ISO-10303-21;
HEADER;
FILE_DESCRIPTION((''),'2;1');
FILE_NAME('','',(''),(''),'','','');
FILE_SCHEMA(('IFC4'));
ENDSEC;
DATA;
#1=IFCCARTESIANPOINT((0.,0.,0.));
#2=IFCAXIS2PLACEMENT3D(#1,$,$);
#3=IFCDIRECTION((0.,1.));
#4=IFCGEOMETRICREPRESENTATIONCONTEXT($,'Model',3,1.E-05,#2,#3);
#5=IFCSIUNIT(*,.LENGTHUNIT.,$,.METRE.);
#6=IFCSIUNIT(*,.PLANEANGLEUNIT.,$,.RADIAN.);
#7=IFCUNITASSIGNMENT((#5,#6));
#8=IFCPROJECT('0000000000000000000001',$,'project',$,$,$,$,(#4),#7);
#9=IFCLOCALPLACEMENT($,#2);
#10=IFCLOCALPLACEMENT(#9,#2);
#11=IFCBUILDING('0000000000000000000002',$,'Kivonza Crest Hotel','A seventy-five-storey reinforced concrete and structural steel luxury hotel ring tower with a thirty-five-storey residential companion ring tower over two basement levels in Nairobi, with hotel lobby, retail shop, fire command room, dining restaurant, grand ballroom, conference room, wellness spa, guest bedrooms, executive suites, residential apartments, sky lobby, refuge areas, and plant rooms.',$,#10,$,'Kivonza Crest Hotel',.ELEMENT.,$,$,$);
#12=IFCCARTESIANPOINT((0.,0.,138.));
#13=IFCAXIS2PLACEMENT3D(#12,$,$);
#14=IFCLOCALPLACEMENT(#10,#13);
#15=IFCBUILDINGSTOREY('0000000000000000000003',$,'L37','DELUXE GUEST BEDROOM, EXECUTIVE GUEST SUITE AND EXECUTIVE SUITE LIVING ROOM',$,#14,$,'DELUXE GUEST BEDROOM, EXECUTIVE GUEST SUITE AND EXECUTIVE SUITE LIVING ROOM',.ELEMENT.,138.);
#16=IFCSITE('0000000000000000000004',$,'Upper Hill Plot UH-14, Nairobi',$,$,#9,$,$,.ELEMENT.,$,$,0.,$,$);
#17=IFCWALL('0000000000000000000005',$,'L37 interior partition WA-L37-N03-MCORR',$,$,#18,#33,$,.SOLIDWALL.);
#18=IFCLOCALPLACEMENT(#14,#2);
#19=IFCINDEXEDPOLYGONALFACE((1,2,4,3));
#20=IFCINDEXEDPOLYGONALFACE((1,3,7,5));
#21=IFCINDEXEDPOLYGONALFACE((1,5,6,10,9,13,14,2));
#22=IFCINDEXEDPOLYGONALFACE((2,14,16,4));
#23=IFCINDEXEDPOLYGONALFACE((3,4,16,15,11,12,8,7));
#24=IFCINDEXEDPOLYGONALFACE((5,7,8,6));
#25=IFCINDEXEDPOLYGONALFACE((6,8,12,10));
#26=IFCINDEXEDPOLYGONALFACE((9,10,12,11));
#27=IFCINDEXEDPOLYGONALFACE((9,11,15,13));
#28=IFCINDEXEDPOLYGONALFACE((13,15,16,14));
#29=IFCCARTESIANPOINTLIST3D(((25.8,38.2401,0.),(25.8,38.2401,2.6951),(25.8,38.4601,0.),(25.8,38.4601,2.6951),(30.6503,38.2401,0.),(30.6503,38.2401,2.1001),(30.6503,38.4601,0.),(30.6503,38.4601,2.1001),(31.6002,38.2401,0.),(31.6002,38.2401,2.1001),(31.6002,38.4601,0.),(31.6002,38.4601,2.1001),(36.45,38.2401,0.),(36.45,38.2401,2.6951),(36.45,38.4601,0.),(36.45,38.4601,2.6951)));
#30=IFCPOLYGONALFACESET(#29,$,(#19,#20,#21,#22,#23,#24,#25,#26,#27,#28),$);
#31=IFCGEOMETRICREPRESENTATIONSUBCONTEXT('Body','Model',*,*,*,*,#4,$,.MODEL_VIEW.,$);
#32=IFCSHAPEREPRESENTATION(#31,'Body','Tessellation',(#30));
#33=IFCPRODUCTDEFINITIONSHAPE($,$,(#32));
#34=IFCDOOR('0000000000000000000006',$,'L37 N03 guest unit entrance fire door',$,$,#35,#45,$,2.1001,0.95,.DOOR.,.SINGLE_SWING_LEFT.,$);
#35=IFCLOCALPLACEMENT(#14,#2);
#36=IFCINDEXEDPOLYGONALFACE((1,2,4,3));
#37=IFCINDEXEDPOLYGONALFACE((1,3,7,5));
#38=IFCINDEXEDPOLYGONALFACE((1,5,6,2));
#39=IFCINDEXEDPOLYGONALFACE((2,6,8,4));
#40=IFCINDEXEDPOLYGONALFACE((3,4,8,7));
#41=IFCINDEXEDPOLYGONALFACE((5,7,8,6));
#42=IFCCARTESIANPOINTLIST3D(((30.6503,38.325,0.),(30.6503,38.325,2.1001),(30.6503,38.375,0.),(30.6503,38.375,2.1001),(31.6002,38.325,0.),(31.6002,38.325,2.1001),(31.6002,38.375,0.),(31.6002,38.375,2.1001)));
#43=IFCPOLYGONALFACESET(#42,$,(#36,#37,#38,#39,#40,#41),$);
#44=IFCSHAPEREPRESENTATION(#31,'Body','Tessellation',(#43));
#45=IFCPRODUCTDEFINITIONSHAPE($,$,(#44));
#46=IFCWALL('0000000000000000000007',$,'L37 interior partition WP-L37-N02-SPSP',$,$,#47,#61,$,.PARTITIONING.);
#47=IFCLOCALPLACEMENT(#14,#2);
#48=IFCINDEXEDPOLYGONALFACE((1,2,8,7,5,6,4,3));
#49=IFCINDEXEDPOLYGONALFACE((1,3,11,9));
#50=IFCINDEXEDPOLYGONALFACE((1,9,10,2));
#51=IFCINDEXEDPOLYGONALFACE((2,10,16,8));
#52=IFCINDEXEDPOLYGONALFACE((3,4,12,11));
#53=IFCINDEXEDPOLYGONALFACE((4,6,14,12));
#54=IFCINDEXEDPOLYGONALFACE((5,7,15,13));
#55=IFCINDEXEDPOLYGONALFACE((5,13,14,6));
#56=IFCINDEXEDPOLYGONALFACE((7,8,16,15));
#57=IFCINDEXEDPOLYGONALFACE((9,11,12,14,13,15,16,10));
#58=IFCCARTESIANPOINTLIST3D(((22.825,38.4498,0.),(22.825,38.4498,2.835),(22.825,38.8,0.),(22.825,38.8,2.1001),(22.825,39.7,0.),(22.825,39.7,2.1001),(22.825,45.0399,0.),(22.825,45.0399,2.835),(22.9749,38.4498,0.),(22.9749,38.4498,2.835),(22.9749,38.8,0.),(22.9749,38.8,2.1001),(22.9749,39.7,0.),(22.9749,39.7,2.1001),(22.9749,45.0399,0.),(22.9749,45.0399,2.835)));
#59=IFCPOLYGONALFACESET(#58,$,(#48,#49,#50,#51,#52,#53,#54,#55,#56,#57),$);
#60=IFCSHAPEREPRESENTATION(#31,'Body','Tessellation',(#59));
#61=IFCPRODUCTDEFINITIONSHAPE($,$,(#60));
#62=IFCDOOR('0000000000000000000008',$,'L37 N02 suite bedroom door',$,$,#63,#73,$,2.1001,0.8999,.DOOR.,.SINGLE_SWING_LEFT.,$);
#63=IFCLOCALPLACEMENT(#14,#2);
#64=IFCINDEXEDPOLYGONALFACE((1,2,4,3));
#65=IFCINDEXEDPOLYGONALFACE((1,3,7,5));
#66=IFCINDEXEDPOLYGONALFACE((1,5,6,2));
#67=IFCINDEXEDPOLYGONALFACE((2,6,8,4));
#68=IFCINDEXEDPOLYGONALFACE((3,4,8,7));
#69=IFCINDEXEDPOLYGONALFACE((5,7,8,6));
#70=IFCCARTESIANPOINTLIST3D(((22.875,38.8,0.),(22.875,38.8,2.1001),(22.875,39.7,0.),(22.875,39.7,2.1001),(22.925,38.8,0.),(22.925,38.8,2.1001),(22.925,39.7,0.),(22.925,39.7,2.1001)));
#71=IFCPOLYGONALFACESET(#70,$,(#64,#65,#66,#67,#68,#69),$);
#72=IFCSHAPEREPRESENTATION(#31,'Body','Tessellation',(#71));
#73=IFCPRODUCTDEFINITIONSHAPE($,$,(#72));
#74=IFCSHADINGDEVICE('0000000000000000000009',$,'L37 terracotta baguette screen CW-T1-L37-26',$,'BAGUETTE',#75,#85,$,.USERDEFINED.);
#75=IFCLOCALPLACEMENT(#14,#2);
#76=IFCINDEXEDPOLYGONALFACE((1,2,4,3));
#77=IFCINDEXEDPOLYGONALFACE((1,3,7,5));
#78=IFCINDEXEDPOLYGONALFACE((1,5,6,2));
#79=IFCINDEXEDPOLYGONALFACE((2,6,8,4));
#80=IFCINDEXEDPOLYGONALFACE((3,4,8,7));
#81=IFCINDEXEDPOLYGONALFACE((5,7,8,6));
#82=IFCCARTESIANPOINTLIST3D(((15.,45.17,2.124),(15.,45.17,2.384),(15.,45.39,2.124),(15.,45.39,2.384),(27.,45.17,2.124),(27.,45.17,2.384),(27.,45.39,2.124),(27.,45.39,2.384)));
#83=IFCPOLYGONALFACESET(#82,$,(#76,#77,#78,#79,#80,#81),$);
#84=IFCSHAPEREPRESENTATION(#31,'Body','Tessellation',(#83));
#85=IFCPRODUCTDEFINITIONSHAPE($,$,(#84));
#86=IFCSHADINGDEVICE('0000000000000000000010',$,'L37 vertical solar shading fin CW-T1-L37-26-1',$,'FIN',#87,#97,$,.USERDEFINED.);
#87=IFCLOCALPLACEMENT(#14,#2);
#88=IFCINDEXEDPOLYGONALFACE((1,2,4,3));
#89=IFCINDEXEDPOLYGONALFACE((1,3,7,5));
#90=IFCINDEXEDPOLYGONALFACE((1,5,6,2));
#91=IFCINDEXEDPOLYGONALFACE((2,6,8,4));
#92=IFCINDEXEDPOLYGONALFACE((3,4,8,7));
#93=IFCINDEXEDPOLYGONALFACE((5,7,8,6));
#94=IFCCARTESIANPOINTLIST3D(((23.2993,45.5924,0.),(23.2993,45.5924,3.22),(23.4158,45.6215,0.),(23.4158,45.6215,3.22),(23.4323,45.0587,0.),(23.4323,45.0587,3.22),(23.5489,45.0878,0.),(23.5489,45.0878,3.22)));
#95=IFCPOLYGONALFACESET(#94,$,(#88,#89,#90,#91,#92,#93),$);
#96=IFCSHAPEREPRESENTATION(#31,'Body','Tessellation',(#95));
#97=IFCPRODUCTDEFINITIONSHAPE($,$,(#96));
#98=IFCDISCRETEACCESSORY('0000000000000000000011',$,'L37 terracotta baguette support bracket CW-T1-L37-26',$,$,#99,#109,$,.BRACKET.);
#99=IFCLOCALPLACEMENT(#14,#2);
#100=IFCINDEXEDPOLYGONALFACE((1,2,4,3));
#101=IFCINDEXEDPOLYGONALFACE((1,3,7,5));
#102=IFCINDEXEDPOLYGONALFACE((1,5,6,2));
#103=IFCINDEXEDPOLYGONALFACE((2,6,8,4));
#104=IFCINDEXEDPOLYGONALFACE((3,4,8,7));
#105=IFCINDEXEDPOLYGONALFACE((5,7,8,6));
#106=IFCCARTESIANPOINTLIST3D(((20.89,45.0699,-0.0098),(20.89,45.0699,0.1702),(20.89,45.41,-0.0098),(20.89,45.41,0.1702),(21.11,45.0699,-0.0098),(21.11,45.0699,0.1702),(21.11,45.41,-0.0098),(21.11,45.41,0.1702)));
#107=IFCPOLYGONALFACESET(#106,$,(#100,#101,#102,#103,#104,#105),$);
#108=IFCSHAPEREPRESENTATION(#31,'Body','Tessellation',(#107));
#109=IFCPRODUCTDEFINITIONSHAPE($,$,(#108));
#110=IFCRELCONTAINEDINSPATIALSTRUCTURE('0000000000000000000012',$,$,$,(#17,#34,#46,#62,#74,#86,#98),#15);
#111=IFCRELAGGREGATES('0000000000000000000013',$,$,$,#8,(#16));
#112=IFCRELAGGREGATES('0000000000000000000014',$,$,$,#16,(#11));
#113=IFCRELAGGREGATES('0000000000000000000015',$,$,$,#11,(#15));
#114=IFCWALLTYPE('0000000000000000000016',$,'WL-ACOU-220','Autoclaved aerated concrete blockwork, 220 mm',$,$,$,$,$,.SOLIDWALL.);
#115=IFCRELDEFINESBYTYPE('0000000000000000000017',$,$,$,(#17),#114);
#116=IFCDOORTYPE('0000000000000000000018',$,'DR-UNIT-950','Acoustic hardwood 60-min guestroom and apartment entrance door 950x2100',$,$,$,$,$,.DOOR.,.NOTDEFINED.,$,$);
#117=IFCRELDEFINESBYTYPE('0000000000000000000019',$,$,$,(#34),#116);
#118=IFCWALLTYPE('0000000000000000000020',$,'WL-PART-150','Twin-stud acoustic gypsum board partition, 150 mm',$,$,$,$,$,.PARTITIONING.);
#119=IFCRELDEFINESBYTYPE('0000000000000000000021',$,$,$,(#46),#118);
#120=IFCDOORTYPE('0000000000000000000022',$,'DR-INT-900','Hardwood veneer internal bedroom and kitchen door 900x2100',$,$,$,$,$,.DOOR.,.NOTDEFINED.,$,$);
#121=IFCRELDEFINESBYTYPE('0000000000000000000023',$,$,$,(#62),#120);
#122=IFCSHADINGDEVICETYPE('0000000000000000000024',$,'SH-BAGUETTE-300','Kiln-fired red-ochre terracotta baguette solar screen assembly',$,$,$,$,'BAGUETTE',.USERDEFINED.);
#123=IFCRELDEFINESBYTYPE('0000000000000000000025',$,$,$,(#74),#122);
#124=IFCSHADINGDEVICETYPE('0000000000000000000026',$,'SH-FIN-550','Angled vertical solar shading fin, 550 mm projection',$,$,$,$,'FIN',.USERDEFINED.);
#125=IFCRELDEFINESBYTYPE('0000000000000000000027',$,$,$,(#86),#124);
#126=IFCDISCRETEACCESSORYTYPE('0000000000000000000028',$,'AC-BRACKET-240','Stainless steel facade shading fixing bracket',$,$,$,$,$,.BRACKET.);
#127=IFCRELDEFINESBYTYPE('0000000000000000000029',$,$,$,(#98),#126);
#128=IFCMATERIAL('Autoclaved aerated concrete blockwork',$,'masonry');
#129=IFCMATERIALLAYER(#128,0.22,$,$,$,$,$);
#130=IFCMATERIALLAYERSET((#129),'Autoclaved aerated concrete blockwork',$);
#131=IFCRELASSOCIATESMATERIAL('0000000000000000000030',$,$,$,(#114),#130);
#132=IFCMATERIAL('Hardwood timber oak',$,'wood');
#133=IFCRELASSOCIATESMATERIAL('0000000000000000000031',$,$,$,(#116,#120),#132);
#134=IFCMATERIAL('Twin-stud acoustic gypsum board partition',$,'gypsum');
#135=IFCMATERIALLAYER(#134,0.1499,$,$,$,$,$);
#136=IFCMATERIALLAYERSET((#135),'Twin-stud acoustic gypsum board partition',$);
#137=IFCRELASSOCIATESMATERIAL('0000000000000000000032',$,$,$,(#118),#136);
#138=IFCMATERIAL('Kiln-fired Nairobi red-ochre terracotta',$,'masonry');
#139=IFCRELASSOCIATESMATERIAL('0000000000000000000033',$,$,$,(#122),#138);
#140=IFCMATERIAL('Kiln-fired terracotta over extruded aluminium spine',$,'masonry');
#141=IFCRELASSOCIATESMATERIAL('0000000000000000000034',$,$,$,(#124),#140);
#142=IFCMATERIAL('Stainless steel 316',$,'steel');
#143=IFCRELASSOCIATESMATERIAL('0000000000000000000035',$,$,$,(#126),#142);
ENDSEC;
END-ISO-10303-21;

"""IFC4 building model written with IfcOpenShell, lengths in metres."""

from ifc_helpers import new_model, si_unit, direction, frame, frame_2d, origin, origin_2d, place, context, subcontext, project, spatial, rectangle, extrude, material, layer, layer_set, type_object, element, fill, save


model = new_model("IFC4")

# Units and contexts
model_context = context("Model", 3, precision=1e-05, world=origin(), true_north=direction((0.0, 1.0)))
body_context = subcontext(model_context, "Body", "Model", "MODEL_VIEW")
ifc_project = project(units=[si_unit("LENGTHUNIT", "METRE"), si_unit("PLANEANGLEUNIT", "RADIAN")], contexts=[model_context])

# Site, building, storey
site_placement = place(None, origin())
site = spatial("IfcSite", under=ifc_project, at=site_placement, Name="Upper Hill Plot UH-14, Nairobi", CompositionType="ELEMENT", RefElevation=0.0)
building_placement = place(site_placement, origin())
building = spatial("IfcBuilding", under=site, at=building_placement, Name="Kivonza Crest Hotel", Description="A seventy-five-storey reinforced concrete and structural steel luxury hotel ring tower with a thirty-five-storey residential companion ring tower over two basement levels in Nairobi, with hotel lobby, retail shop, fire command room, dining restaurant, grand ballroom, conference room, wellness spa, guest bedrooms, executive suites, residential apartments, sky lobby, refuge areas, and plant rooms.", LongName="Kivonza Crest Hotel", CompositionType="ELEMENT")
storey_placement = place(building_placement, frame((0.0, 0.0, 138.0)))
storey = spatial("IfcBuildingStorey", under=building, at=storey_placement, Name="L37", Description="DELUXE GUEST BEDROOM, EXECUTIVE GUEST SUITE AND EXECUTIVE SUITE LIVING ROOM", LongName="DELUXE GUEST BEDROOM, EXECUTIVE GUEST SUITE AND EXECUTIVE SUITE LIVING ROOM", CompositionType="ELEMENT", Elevation=138.0)

# Walls, openings, doors
ifc_material_1 = material(Name="Autoclaved aerated concrete blockwork", Category="masonry")
ifc_layer_1 = layer(ifc_material_1, 0.22)
ifc_layer_set_1 = layer_set([ifc_layer_1], Name="Autoclaved aerated concrete blockwork")
wall_type_1 = type_object("IfcWallType", Name="WL-ACOU-220", Description="Autoclaved aerated concrete blockwork, 220 mm", PredefinedType="SOLIDWALL", material=ifc_layer_set_1)
wall_1_placement = place(storey_placement, frame((25.8, 38.3501, 0.0), z_axis=(0.0, 0.0, 1.0), x_axis=(1.0, 0.0, 0.0)))
wall_1 = element("IfcWall", 1, at=wall_1_placement, inside=storey, type_object=wall_type_1, Name="L37 interior partition WA-L37-N03-MCORR", PredefinedType="SOLIDWALL", context=body_context, shape_type="SweptSolid", body=[
    extrude(rectangle(XDim=10.6499, YDim=0.22, at=frame_2d((5.325, 0.0))), origin(), (0.0, 0.0, 1.0), 2.6951),
])
opening_1_placement = place(wall_1_placement, frame((4.8501, 0.0, 0.0)))
opening_1 = element("IfcOpeningElement", 2, at=opening_1_placement, cuts=wall_1, PredefinedType="OPENING", context=body_context, shape_type="SweptSolid", body=[
    extrude(rectangle(XDim=0.95, YDim=2.1001, at=frame_2d((0.4751, 1.05))), frame((0.0, 0.1201, 0.0), z_axis=(0.0, -1.0, 0.0), x_axis=(1.0, 0.0, 0.0)), (0.0, 0.0, 1.0), 0.24),
])
ifc_material_2 = material(Name="Hardwood timber oak", Category="wood")
door_type_1 = type_object("IfcDoorType", Name="DR-UNIT-950", Description="Acoustic hardwood 60-min guestroom and apartment entrance door 950x2100", OperationType="NOTDEFINED", PredefinedType="DOOR", material=ifc_material_2)
door_1_placement = place(opening_1_placement, origin())
door_1 = element("IfcDoor", 3, at=door_1_placement, inside=storey, type_object=door_type_1, Name="L37 N03 guest unit entrance fire door", OperationType="SINGLE_SWING_LEFT", OverallHeight=2.1001, OverallWidth=0.95, PredefinedType="DOOR", context=body_context, shape_type="SweptSolid", body=[
    extrude(rectangle(XDim=0.95, YDim=2.1001, at=frame_2d((0.4751, 1.05))), frame((0.0, 0.0249, 0.0), z_axis=(0.0, -1.0, 0.0), x_axis=(1.0, 0.0, 0.0)), (0.0, 0.0, 1.0), 0.05),
])
fill(opening_1, door_1)
ifc_material_3 = material(Name="Twin-stud acoustic gypsum board partition", Category="gypsum")
ifc_layer_2 = layer(ifc_material_3, 0.1499)
ifc_layer_set_2 = layer_set([ifc_layer_2], Name="Twin-stud acoustic gypsum board partition")
wall_type_2 = type_object("IfcWallType", Name="WL-PART-150", Description="Twin-stud acoustic gypsum board partition, 150 mm", PredefinedType="PARTITIONING", material=ifc_layer_set_2)
wall_2_placement = place(storey_placement, frame((22.8999, 38.45, 0.0), z_axis=(0.0, 0.0, 1.0), x_axis=(0.0, 1.0, 0.0)))
wall_2 = element("IfcWall", 4, at=wall_2_placement, inside=storey, type_object=wall_type_2, Name="L37 interior partition WP-L37-N02-SPSP", PredefinedType="PARTITIONING", context=body_context, shape_type="SweptSolid", body=[
    extrude(rectangle(XDim=6.5901, YDim=0.1499, at=frame_2d((3.2949, 0.0))), origin(), (0.0, 0.0, 1.0), 2.835),
])
opening_2_placement = place(wall_2_placement, frame((0.3501, 0.0, 0.0)))
opening_2 = element("IfcOpeningElement", 5, at=opening_2_placement, cuts=wall_2, PredefinedType="OPENING", context=body_context, shape_type="SweptSolid", body=[
    extrude(rectangle(XDim=0.8999, YDim=2.1001, at=frame_2d((0.45, 1.05))), frame((0.0, 0.085, 0.0), z_axis=(0.0, -1.0, 0.0), x_axis=(1.0, 0.0, 0.0)), (0.0, 0.0, 1.0), 0.1699),
])
door_type_2 = type_object("IfcDoorType", Name="DR-INT-900", Description="Hardwood veneer internal bedroom and kitchen door 900x2100", OperationType="NOTDEFINED", PredefinedType="DOOR", material=ifc_material_2)
door_2_placement = place(opening_2_placement, origin())
door_2 = element("IfcDoor", 6, at=door_2_placement, inside=storey, type_object=door_type_2, Name="L37 N02 suite bedroom door", OperationType="SINGLE_SWING_LEFT", OverallHeight=2.1001, OverallWidth=0.8999, PredefinedType="DOOR", context=body_context, shape_type="SweptSolid", body=[
    extrude(rectangle(XDim=0.8999, YDim=2.1001, at=frame_2d((0.45, 1.05))), frame((0.0, 0.0249, 0.0), z_axis=(0.0, -1.0, 0.0), x_axis=(1.0, 0.0, 0.0)), (0.0, 0.0, 1.0), 0.05),
])
fill(opening_2, door_2)

# Shading devices
ifc_material_4 = material(Name="Kiln-fired Nairobi red-ochre terracotta", Category="masonry")
shading_device_type_1 = type_object("IfcShadingDeviceType", Name="SH-BAGUETTE-300", Description="Kiln-fired red-ochre terracotta baguette solar screen assembly", ElementType="BAGUETTE", PredefinedType="USERDEFINED", material=ifc_material_4)
shading_device_1_placement = place(storey_placement, frame((21.0, 45.28, 2.124), z_axis=(0.0, 0.0, 1.0), x_axis=(-1.0, 0.0, 0.0)))
element("IfcShadingDevice", 7, at=shading_device_1_placement, inside=storey, type_object=shading_device_type_1, Name="L37 terracotta baguette screen CW-T1-L37-26", ObjectType="BAGUETTE", PredefinedType="USERDEFINED", context=body_context, shape_type="SweptSolid", body=[
    extrude(rectangle(XDim=12.0, YDim=0.22, at=origin_2d()), origin(), (0.0, 0.0, 1.0), 0.26),
])
ifc_material_5 = material(Name="Kiln-fired terracotta over extruded aluminium spine", Category="masonry")
shading_device_type_2 = type_object("IfcShadingDeviceType", Name="SH-FIN-550", Description="Angled vertical solar shading fin, 550 mm projection", ElementType="FIN", PredefinedType="USERDEFINED", material=ifc_material_5)
shading_device_2_placement = place(storey_placement, frame((23.4241, 45.3401, 0.0), z_axis=(0.0, 0.0, 1.0), x_axis=(-0.970296, -0.241922, 0.0)))
element("IfcShadingDevice", 8, at=shading_device_2_placement, inside=storey, type_object=shading_device_type_2, Name="L37 vertical solar shading fin CW-T1-L37-26-1", ObjectType="FIN", PredefinedType="USERDEFINED", context=body_context, shape_type="SweptSolid", body=[
    extrude(rectangle(XDim=0.1201, YDim=0.55, at=origin_2d()), origin(), (0.0, 0.0, 1.0), 3.22),
])

# Discrete accessory
ifc_material_6 = material(Name="Stainless steel 316", Category="steel")
discrete_accessory_type = type_object("IfcDiscreteAccessoryType", Name="AC-BRACKET-240", Description="Stainless steel facade shading fixing bracket", PredefinedType="BRACKET", material=ifc_material_6)
discrete_accessory_placement = place(storey_placement, frame((21.0, 45.24, -0.0098), z_axis=(0.0, 0.0, 1.0), x_axis=(-1.0, 0.0, 0.0)))
element("IfcDiscreteAccessory", 9, at=discrete_accessory_placement, inside=storey, type_object=discrete_accessory_type, Name="L37 terracotta baguette support bracket CW-T1-L37-26", PredefinedType="BRACKET", context=body_context, shape_type="SweptSolid", body=[
    extrude(rectangle(XDim=0.22, YDim=0.3401, at=origin_2d()), origin(), (0.0, 0.0, 1.0), 0.1799),
])

save(model, "model.ifc")
